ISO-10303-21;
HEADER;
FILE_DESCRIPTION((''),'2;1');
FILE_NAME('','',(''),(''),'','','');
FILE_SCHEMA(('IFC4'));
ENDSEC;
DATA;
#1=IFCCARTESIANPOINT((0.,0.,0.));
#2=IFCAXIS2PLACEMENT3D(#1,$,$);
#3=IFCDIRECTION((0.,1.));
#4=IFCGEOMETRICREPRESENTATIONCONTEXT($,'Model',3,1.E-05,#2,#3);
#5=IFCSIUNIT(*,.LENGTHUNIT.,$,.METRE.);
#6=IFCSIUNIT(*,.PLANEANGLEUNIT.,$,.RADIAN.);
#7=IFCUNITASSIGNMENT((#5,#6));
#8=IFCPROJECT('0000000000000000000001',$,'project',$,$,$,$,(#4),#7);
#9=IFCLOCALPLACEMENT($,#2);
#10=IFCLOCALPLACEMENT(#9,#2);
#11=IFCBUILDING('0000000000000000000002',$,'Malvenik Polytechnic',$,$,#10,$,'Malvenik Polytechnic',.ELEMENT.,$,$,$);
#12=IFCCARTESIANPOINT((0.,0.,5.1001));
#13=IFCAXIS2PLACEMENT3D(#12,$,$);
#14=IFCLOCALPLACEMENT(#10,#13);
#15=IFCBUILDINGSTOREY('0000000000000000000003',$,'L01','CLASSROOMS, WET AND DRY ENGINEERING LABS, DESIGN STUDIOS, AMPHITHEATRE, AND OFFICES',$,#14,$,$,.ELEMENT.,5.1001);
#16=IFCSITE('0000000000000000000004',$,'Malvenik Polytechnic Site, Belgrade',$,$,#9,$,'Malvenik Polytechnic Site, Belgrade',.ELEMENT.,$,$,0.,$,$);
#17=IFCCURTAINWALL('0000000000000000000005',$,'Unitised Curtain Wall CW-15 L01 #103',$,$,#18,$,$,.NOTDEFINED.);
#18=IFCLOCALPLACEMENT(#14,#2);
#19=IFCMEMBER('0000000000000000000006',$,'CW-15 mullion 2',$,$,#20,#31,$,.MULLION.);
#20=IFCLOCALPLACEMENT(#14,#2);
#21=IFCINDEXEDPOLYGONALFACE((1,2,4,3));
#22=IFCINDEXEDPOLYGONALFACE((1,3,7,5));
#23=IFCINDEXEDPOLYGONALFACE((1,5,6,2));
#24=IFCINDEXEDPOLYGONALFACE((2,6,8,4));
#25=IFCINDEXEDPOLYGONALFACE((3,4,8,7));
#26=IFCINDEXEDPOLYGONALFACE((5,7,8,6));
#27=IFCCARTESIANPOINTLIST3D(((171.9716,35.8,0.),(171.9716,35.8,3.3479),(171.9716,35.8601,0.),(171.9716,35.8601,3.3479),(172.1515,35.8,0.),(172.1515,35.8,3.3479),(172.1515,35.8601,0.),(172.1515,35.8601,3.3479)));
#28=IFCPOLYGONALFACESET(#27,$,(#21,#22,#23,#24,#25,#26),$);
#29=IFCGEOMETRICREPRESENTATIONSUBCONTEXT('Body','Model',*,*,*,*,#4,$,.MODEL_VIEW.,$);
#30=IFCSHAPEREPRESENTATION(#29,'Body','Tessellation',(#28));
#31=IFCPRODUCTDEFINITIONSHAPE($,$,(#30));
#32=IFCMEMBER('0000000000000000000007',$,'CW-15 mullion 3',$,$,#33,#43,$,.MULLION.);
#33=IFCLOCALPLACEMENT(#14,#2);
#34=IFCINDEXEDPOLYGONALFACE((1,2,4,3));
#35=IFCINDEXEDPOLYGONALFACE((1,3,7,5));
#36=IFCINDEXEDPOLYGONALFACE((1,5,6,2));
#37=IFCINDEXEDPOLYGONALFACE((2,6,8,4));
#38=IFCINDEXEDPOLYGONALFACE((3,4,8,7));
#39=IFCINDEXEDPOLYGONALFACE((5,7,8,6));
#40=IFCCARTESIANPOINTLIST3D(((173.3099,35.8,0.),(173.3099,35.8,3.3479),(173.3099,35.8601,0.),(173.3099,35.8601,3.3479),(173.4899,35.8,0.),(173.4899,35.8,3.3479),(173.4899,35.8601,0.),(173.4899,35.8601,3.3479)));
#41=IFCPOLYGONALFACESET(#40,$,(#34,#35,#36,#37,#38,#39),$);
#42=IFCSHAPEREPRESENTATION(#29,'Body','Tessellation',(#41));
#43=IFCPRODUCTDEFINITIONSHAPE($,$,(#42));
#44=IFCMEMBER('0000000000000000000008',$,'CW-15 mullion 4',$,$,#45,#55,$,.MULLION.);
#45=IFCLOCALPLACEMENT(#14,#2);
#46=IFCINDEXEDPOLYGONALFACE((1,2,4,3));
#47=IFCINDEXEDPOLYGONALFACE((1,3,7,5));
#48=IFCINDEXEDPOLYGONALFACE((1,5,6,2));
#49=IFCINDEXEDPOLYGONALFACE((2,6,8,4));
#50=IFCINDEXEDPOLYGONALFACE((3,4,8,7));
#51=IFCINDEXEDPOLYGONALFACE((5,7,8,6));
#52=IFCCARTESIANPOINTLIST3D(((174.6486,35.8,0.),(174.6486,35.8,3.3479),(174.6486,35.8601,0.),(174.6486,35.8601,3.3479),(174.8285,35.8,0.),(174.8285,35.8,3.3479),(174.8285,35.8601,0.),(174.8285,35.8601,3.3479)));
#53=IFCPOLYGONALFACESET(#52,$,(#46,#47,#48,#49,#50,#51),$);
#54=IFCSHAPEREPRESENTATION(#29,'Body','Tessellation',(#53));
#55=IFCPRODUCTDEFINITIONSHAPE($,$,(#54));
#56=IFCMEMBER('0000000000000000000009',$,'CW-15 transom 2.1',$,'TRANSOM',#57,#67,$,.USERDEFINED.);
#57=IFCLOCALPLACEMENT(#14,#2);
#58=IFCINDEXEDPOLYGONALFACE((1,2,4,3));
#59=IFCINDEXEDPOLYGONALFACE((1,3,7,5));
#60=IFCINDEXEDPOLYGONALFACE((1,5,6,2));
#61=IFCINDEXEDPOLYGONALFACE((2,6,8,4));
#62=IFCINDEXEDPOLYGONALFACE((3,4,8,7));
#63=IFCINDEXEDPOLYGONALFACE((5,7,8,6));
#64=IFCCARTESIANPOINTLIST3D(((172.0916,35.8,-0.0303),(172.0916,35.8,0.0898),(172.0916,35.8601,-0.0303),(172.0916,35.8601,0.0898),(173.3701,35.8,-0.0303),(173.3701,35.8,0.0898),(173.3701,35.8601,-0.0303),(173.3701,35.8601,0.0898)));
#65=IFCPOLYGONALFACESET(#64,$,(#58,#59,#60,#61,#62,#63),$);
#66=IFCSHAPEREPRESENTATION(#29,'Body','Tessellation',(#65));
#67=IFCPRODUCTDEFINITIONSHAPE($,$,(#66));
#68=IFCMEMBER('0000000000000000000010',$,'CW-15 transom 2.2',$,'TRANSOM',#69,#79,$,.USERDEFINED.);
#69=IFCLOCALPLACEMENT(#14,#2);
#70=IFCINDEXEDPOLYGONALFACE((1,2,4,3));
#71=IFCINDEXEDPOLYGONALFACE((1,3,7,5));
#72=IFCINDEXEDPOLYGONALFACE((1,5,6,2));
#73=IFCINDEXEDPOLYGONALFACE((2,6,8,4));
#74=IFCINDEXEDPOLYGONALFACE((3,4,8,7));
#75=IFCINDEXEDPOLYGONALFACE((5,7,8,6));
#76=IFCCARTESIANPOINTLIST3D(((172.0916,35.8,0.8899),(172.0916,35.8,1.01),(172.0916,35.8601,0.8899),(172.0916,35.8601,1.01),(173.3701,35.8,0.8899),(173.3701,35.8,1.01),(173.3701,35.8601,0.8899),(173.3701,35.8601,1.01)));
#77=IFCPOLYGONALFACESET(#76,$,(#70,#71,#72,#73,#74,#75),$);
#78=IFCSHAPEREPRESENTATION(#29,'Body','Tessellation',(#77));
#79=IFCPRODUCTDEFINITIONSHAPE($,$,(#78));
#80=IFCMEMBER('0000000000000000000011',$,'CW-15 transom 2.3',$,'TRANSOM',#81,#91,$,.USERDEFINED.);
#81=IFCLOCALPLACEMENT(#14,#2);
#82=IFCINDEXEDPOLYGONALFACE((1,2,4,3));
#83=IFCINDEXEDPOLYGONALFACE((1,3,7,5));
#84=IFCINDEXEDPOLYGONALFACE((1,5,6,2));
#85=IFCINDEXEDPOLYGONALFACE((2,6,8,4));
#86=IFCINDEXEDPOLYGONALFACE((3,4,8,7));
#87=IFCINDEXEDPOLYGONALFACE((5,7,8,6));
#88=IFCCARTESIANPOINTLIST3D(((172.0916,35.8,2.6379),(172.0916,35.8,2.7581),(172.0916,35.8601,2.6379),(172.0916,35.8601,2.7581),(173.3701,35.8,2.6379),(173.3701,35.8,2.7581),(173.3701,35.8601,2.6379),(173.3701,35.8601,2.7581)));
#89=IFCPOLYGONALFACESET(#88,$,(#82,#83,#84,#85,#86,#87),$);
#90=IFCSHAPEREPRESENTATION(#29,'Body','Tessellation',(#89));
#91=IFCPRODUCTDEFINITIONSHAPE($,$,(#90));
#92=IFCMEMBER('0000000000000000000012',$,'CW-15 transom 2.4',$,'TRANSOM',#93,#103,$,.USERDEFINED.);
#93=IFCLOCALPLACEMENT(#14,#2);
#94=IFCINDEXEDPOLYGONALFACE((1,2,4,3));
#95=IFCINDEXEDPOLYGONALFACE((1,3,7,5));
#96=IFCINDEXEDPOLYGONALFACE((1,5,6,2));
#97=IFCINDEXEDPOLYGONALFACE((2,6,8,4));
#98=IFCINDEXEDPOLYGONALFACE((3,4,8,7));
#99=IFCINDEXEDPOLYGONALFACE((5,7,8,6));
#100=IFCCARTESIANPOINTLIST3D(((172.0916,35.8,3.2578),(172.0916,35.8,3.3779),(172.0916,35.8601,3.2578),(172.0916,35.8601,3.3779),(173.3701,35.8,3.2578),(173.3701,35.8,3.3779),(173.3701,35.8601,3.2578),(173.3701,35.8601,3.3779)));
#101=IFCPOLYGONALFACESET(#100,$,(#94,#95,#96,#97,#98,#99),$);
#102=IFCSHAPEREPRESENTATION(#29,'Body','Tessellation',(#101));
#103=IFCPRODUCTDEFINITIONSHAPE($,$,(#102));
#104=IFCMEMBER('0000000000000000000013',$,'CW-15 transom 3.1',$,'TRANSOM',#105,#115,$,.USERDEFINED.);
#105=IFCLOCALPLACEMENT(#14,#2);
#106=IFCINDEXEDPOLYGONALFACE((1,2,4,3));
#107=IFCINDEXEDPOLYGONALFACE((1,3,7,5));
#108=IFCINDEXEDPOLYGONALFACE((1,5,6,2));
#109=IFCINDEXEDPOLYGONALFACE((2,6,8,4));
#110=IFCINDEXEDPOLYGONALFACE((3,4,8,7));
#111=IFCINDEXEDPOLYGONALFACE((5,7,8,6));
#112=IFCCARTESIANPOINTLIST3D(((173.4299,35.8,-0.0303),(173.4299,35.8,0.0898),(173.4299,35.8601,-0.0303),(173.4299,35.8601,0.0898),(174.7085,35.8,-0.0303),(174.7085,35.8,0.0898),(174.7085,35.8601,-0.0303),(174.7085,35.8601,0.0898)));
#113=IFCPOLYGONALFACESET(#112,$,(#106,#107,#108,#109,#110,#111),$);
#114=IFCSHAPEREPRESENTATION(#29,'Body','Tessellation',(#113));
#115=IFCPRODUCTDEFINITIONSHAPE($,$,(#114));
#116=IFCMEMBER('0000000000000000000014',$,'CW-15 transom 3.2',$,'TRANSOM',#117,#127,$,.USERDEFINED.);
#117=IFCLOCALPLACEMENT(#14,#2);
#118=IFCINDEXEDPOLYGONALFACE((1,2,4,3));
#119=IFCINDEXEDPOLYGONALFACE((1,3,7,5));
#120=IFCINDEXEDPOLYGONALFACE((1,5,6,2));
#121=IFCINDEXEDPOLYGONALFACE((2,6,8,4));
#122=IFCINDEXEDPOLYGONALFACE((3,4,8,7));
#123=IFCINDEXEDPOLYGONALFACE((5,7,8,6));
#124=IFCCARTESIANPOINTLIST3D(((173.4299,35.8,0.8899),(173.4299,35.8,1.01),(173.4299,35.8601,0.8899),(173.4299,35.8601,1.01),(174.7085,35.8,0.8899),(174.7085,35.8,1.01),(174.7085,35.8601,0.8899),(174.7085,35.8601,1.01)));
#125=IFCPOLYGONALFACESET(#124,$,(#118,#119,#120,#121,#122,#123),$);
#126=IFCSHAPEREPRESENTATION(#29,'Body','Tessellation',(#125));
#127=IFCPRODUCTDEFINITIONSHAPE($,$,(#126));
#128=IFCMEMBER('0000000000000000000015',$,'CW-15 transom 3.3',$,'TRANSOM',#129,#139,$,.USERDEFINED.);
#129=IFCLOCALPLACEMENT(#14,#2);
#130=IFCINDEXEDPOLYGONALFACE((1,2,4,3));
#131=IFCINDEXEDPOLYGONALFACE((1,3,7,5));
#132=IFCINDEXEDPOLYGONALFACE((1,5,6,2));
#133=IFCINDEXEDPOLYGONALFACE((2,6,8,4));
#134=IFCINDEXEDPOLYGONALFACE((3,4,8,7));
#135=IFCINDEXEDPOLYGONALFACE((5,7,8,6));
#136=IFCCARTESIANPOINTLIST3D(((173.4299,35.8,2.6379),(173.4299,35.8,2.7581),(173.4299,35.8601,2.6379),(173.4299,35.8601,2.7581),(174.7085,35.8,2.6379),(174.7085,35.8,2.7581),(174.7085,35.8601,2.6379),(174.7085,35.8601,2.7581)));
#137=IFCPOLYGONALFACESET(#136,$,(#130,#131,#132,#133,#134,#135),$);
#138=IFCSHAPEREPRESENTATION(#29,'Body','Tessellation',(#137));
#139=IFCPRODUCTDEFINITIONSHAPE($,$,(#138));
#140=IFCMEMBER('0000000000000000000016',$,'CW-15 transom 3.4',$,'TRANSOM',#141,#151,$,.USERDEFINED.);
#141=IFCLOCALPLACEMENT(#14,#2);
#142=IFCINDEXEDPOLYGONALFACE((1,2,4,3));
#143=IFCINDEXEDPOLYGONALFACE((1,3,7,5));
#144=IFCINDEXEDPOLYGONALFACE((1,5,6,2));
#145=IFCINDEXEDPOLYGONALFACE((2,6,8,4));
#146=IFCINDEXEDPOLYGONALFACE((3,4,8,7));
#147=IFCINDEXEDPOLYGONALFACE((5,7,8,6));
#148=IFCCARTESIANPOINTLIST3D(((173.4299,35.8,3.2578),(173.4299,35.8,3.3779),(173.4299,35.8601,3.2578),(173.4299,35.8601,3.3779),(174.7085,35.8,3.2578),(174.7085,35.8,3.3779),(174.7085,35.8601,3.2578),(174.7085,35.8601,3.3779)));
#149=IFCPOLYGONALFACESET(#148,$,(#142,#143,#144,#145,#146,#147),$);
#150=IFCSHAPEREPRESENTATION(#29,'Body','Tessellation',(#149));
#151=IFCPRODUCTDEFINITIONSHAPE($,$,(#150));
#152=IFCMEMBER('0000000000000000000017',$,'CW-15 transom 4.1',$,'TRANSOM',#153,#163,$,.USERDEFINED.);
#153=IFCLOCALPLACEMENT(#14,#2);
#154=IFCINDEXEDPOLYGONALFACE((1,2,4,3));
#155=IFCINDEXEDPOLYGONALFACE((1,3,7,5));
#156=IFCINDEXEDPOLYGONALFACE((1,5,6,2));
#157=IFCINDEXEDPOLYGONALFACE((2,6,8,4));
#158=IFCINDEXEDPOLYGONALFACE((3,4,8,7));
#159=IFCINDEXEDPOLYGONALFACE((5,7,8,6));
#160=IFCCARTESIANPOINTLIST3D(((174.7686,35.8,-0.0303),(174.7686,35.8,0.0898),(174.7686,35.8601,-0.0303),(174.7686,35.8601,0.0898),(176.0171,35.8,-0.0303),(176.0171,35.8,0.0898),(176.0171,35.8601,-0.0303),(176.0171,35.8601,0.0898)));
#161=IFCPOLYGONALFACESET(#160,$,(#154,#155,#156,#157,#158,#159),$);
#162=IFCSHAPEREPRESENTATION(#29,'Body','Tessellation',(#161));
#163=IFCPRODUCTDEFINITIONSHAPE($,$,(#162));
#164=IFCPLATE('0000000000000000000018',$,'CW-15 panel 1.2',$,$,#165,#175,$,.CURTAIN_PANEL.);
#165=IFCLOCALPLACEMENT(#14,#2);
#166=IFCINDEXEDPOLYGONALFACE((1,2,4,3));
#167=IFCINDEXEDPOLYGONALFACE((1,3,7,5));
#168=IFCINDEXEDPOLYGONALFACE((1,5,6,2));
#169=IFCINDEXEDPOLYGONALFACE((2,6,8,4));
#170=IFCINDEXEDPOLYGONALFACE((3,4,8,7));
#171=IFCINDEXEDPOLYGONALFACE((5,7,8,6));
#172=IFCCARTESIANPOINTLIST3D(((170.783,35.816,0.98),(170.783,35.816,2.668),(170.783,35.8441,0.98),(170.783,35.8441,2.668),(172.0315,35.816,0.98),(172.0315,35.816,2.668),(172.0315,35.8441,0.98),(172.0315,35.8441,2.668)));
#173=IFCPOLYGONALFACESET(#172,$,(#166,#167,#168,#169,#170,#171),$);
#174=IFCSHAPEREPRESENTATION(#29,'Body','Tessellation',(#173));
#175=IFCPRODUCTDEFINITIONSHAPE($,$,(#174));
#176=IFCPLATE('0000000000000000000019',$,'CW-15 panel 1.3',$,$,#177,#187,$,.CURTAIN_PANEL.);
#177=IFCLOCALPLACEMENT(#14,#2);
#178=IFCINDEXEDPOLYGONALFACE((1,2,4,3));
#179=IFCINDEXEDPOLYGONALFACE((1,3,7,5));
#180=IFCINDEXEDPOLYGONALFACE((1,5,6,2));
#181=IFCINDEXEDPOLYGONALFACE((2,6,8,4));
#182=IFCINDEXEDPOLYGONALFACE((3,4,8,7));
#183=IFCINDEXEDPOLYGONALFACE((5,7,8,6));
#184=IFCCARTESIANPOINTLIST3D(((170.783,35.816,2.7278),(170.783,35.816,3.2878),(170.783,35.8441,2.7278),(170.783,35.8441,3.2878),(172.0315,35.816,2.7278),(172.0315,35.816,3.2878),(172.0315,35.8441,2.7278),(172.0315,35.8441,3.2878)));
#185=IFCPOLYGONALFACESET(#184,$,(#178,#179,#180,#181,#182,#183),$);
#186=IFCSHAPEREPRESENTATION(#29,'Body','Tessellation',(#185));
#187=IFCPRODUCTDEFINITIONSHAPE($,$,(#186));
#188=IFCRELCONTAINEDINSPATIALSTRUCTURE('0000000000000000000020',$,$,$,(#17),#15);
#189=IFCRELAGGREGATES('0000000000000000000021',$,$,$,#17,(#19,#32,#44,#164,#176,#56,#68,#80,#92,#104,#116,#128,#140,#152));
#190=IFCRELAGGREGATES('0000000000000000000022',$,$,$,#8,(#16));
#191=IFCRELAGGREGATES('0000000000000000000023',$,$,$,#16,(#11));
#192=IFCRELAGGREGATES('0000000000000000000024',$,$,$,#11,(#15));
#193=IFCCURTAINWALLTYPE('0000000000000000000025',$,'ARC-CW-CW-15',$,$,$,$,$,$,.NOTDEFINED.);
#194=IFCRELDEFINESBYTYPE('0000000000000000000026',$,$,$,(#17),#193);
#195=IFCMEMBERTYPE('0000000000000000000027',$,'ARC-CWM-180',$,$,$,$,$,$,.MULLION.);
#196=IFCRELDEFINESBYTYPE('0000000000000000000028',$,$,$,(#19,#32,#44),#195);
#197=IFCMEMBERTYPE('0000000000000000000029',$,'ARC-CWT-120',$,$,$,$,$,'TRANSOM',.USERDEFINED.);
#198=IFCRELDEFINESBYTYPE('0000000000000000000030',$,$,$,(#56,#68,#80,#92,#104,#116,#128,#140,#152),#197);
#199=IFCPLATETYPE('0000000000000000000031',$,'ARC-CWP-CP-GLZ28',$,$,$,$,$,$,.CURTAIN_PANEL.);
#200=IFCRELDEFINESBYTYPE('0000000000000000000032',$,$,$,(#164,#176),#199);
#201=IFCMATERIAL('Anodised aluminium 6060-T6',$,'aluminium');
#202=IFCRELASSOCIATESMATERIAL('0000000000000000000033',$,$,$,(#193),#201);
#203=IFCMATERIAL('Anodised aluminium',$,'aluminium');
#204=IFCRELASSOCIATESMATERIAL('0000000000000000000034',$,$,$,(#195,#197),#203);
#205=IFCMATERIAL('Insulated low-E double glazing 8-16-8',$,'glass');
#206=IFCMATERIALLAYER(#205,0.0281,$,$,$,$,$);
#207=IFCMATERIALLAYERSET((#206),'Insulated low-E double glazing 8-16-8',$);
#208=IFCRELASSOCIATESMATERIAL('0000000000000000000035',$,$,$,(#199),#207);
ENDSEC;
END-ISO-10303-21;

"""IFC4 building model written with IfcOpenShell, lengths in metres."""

from ifc_helpers import new_model, si_unit, direction, frame, origin, origin_2d, place, context, subcontext, project, spatial, rectangle, extrude, material, layer, layer_set, material_profile, profile_set, type_object, element, aggregate, save


model = new_model("IFC4")

# Units and contexts
model_context = context("Model", 3, precision=1e-05, world=origin(), true_north=direction((0.0, 1.0)))
body_context = subcontext(model_context, "Body", "Model", "MODEL_VIEW")
ifc_project = project(units=[si_unit("LENGTHUNIT", "METRE"), si_unit("PLANEANGLEUNIT", "RADIAN")], contexts=[model_context])

# Site, building, storey
site_placement = place(None, origin())
site = spatial("IfcSite", under=ifc_project, at=site_placement, Name="Malvenik Polytechnic Site, Belgrade", LongName="Malvenik Polytechnic Site, Belgrade", CompositionType="ELEMENT", RefElevation=0.0)
building_placement = place(site_placement, origin())
building = spatial("IfcBuilding", under=site, at=building_placement, Name="Malvenik Polytechnic", LongName="Malvenik Polytechnic", CompositionType="ELEMENT")
storey_placement = place(building_placement, frame((0.0, 0.0, 5.1001)))
storey = spatial("IfcBuildingStorey", under=building, at=storey_placement, Name="L01", Description="CLASSROOMS, WET AND DRY ENGINEERING LABS, DESIGN STUDIOS, AMPHITHEATRE, AND OFFICES", CompositionType="ELEMENT", Elevation=5.1001)

# Curtain wall, members, plates
ifc_material_1 = material(Name="Anodised aluminium 6060-T6", Category="aluminium")
curtain_wall_type = type_object("IfcCurtainWallType", Name="ARC-CW-CW-15", PredefinedType="NOTDEFINED", material=ifc_material_1)
curtain_wall_placement = place(storey_placement, origin())
curtain_wall = element("IfcCurtainWall", 1, at=curtain_wall_placement, inside=storey, type_object=curtain_wall_type, Name="Unitised Curtain Wall CW-15 L01 #103", PredefinedType="NOTDEFINED")
ifc_material_2 = material(Name="Anodised aluminium", Category="aluminium")
ifc_material_profile_1 = material_profile(ifc_material_2, rectangle(XDim=0.0601, YDim=0.1799, at=origin_2d()), Name="ALU MULLION 60x180")
ifc_profile_set_1 = profile_set([ifc_material_profile_1], Name="Anodised aluminium")
member_type_1 = type_object("IfcMemberType", Name="ARC-CWM-180", PredefinedType="MULLION", material=ifc_profile_set_1)
member_1_placement = place(storey_placement, frame((172.0615, 35.8301, 0.0), z_axis=(0.0, 0.0, 1.0), x_axis=(0.0, 1.0, 0.0)))
member_1 = element("IfcMember", 2, at=member_1_placement, type_object=member_type_1, Name="CW-15 mullion 2", PredefinedType="MULLION", context=body_context, shape_type="SweptSolid", body=[
    extrude(rectangle(XDim=0.0601, YDim=0.1799, at=origin_2d()), origin(), (0.0, 0.0, 1.0), 3.3479),
])
member_2_placement = place(storey_placement, frame((173.3999, 35.8301, 0.0), z_axis=(0.0, 0.0, 1.0), x_axis=(0.0, 1.0, 0.0)))
member_2 = element("IfcMember", 3, at=member_2_placement, type_object=member_type_1, Name="CW-15 mullion 3", PredefinedType="MULLION", context=body_context, shape_type="SweptSolid", body=[
    extrude(rectangle(XDim=0.0601, YDim=0.1799, at=origin_2d()), origin(), (0.0, 0.0, 1.0), 3.3479),
])
member_3_placement = place(storey_placement, frame((174.7385, 35.8301, 0.0), z_axis=(0.0, 0.0, 1.0), x_axis=(0.0, 1.0, 0.0)))
member_3 = element("IfcMember", 4, at=member_3_placement, type_object=member_type_1, Name="CW-15 mullion 4", PredefinedType="MULLION", context=body_context, shape_type="SweptSolid", body=[
    extrude(rectangle(XDim=0.0601, YDim=0.1799, at=origin_2d()), origin(), (0.0, 0.0, 1.0), 3.3479),
])
ifc_material_profile_2 = material_profile(ifc_material_2, rectangle(XDim=0.0601, YDim=0.1201, at=origin_2d()), Name="ALU TRANSOM 60x120")
ifc_profile_set_2 = profile_set([ifc_material_profile_2], Name="Anodised aluminium")
member_type_2 = type_object("IfcMemberType", Name="ARC-CWT-120", ElementType="TRANSOM", PredefinedType="USERDEFINED", material=ifc_profile_set_2)
member_4_placement = place(storey_placement, frame((172.0916, 35.8301, 0.0298), z_axis=(1.0, 0.0, 0.0), x_axis=(0.0, 1.0, 0.0)))
member_4 = element("IfcMember", 5, at=member_4_placement, type_object=member_type_2, Name="CW-15 transom 2.1", ObjectType="TRANSOM", PredefinedType="USERDEFINED", context=body_context, shape_type="SweptSolid", body=[
    extrude(rectangle(XDim=0.0601, YDim=0.1201, at=origin_2d()), origin(), (0.0, 0.0, 1.0), 1.2786),
])
member_5_placement = place(storey_placement, frame((172.0916, 35.8301, 0.95), z_axis=(1.0, 0.0, 0.0), x_axis=(0.0, 1.0, 0.0)))
member_5 = element("IfcMember", 6, at=member_5_placement, type_object=member_type_2, Name="CW-15 transom 2.2", ObjectType="TRANSOM", PredefinedType="USERDEFINED", context=body_context, shape_type="SweptSolid", body=[
    extrude(rectangle(XDim=0.0601, YDim=0.1201, at=origin_2d()), origin(), (0.0, 0.0, 1.0), 1.2786),
])
member_6_placement = place(storey_placement, frame((172.0916, 35.8301, 2.698), z_axis=(1.0, 0.0, 0.0), x_axis=(0.0, 1.0, 0.0)))
member_6 = element("IfcMember", 7, at=member_6_placement, type_object=member_type_2, Name="CW-15 transom 2.3", ObjectType="TRANSOM", PredefinedType="USERDEFINED", context=body_context, shape_type="SweptSolid", body=[
    extrude(rectangle(XDim=0.0601, YDim=0.1201, at=origin_2d()), origin(), (0.0, 0.0, 1.0), 1.2786),
])
member_7_placement = place(storey_placement, frame((172.0916, 35.8301, 3.3179), z_axis=(1.0, 0.0, 0.0), x_axis=(0.0, 1.0, 0.0)))
member_7 = element("IfcMember", 8, at=member_7_placement, type_object=member_type_2, Name="CW-15 transom 2.4", ObjectType="TRANSOM", PredefinedType="USERDEFINED", context=body_context, shape_type="SweptSolid", body=[
    extrude(rectangle(XDim=0.0601, YDim=0.1201, at=origin_2d()), origin(), (0.0, 0.0, 1.0), 1.2786),
])
member_8_placement = place(storey_placement, frame((173.4299, 35.8301, 0.0298), z_axis=(1.0, 0.0, 0.0), x_axis=(0.0, 1.0, 0.0)))
member_8 = element("IfcMember", 9, at=member_8_placement, type_object=member_type_2, Name="CW-15 transom 3.1", ObjectType="TRANSOM", PredefinedType="USERDEFINED", context=body_context, shape_type="SweptSolid", body=[
    extrude(rectangle(XDim=0.0601, YDim=0.1201, at=origin_2d()), origin(), (0.0, 0.0, 1.0), 1.2786),
])
member_9_placement = place(storey_placement, frame((173.4299, 35.8301, 0.95), z_axis=(1.0, 0.0, 0.0), x_axis=(0.0, 1.0, 0.0)))
member_9 = element("IfcMember", 10, at=member_9_placement, type_object=member_type_2, Name="CW-15 transom 3.2", ObjectType="TRANSOM", PredefinedType="USERDEFINED", context=body_context, shape_type="SweptSolid", body=[
    extrude(rectangle(XDim=0.0601, YDim=0.1201, at=origin_2d()), origin(), (0.0, 0.0, 1.0), 1.2786),
])
member_10_placement = place(storey_placement, frame((173.4299, 35.8301, 2.698), z_axis=(1.0, 0.0, 0.0), x_axis=(0.0, 1.0, 0.0)))
member_10 = element("IfcMember", 11, at=member_10_placement, type_object=member_type_2, Name="CW-15 transom 3.3", ObjectType="TRANSOM", PredefinedType="USERDEFINED", context=body_context, shape_type="SweptSolid", body=[
    extrude(rectangle(XDim=0.0601, YDim=0.1201, at=origin_2d()), origin(), (0.0, 0.0, 1.0), 1.2786),
])
member_11_placement = place(storey_placement, frame((173.4299, 35.8301, 3.3179), z_axis=(1.0, 0.0, 0.0), x_axis=(0.0, 1.0, 0.0)))
member_11 = element("IfcMember", 12, at=member_11_placement, type_object=member_type_2, Name="CW-15 transom 3.4", ObjectType="TRANSOM", PredefinedType="USERDEFINED", context=body_context, shape_type="SweptSolid", body=[
    extrude(rectangle(XDim=0.0601, YDim=0.1201, at=origin_2d()), origin(), (0.0, 0.0, 1.0), 1.2786),
])
member_12_placement = place(storey_placement, frame((174.7686, 35.8301, 0.0298), z_axis=(1.0, 0.0, 0.0), x_axis=(0.0, 1.0, 0.0)))
member_12 = element("IfcMember", 13, at=member_12_placement, type_object=member_type_2, Name="CW-15 transom 4.1", ObjectType="TRANSOM", PredefinedType="USERDEFINED", context=body_context, shape_type="SweptSolid", body=[
    extrude(rectangle(XDim=0.0601, YDim=0.1201, at=origin_2d()), origin(), (0.0, 0.0, 1.0), 1.2485),
])
ifc_material_3 = material(Name="Insulated low-E double glazing 8-16-8", Category="glass")
ifc_layer_1 = layer(ifc_material_3, 0.0281)
ifc_layer_set_1 = layer_set([ifc_layer_1], Name="Insulated low-E double glazing 8-16-8")
plate_type_1 = type_object("IfcPlateType", Name="ARC-CWP-CP-GLZ28", PredefinedType="CURTAIN_PANEL", material=ifc_layer_set_1)
plate_1_placement = place(storey_placement, frame((171.4072, 35.8301, 0.98), z_axis=(0.0, 0.0, 1.0), x_axis=(1.0, 0.0, 0.0)))
plate_1 = element("IfcPlate", 14, at=plate_1_placement, type_object=plate_type_1, Name="CW-15 panel 1.2", PredefinedType="CURTAIN_PANEL", context=body_context, shape_type="SweptSolid", body=[
    extrude(rectangle(XDim=1.2485, YDim=0.0281, at=origin_2d()), origin(), (0.0, 0.0, 1.0), 1.688),
])
plate_2_placement = place(storey_placement, frame((171.4072, 35.8301, 2.7278), z_axis=(0.0, 0.0, 1.0), x_axis=(1.0, 0.0, 0.0)))
plate_2 = element("IfcPlate", 15, at=plate_2_placement, type_object=plate_type_1, Name="CW-15 panel 1.3", PredefinedType="CURTAIN_PANEL", context=body_context, shape_type="SweptSolid", body=[
    extrude(rectangle(XDim=1.2485, YDim=0.0281, at=origin_2d()), origin(), (0.0, 0.0, 1.0), 0.5601),
])
aggregate(curtain_wall, [member_1, member_2, member_3, plate_1, plate_2, member_4, member_5, member_6, member_7, member_8, member_9, member_10, member_11, member_12])

save(model, "model.ifc")
